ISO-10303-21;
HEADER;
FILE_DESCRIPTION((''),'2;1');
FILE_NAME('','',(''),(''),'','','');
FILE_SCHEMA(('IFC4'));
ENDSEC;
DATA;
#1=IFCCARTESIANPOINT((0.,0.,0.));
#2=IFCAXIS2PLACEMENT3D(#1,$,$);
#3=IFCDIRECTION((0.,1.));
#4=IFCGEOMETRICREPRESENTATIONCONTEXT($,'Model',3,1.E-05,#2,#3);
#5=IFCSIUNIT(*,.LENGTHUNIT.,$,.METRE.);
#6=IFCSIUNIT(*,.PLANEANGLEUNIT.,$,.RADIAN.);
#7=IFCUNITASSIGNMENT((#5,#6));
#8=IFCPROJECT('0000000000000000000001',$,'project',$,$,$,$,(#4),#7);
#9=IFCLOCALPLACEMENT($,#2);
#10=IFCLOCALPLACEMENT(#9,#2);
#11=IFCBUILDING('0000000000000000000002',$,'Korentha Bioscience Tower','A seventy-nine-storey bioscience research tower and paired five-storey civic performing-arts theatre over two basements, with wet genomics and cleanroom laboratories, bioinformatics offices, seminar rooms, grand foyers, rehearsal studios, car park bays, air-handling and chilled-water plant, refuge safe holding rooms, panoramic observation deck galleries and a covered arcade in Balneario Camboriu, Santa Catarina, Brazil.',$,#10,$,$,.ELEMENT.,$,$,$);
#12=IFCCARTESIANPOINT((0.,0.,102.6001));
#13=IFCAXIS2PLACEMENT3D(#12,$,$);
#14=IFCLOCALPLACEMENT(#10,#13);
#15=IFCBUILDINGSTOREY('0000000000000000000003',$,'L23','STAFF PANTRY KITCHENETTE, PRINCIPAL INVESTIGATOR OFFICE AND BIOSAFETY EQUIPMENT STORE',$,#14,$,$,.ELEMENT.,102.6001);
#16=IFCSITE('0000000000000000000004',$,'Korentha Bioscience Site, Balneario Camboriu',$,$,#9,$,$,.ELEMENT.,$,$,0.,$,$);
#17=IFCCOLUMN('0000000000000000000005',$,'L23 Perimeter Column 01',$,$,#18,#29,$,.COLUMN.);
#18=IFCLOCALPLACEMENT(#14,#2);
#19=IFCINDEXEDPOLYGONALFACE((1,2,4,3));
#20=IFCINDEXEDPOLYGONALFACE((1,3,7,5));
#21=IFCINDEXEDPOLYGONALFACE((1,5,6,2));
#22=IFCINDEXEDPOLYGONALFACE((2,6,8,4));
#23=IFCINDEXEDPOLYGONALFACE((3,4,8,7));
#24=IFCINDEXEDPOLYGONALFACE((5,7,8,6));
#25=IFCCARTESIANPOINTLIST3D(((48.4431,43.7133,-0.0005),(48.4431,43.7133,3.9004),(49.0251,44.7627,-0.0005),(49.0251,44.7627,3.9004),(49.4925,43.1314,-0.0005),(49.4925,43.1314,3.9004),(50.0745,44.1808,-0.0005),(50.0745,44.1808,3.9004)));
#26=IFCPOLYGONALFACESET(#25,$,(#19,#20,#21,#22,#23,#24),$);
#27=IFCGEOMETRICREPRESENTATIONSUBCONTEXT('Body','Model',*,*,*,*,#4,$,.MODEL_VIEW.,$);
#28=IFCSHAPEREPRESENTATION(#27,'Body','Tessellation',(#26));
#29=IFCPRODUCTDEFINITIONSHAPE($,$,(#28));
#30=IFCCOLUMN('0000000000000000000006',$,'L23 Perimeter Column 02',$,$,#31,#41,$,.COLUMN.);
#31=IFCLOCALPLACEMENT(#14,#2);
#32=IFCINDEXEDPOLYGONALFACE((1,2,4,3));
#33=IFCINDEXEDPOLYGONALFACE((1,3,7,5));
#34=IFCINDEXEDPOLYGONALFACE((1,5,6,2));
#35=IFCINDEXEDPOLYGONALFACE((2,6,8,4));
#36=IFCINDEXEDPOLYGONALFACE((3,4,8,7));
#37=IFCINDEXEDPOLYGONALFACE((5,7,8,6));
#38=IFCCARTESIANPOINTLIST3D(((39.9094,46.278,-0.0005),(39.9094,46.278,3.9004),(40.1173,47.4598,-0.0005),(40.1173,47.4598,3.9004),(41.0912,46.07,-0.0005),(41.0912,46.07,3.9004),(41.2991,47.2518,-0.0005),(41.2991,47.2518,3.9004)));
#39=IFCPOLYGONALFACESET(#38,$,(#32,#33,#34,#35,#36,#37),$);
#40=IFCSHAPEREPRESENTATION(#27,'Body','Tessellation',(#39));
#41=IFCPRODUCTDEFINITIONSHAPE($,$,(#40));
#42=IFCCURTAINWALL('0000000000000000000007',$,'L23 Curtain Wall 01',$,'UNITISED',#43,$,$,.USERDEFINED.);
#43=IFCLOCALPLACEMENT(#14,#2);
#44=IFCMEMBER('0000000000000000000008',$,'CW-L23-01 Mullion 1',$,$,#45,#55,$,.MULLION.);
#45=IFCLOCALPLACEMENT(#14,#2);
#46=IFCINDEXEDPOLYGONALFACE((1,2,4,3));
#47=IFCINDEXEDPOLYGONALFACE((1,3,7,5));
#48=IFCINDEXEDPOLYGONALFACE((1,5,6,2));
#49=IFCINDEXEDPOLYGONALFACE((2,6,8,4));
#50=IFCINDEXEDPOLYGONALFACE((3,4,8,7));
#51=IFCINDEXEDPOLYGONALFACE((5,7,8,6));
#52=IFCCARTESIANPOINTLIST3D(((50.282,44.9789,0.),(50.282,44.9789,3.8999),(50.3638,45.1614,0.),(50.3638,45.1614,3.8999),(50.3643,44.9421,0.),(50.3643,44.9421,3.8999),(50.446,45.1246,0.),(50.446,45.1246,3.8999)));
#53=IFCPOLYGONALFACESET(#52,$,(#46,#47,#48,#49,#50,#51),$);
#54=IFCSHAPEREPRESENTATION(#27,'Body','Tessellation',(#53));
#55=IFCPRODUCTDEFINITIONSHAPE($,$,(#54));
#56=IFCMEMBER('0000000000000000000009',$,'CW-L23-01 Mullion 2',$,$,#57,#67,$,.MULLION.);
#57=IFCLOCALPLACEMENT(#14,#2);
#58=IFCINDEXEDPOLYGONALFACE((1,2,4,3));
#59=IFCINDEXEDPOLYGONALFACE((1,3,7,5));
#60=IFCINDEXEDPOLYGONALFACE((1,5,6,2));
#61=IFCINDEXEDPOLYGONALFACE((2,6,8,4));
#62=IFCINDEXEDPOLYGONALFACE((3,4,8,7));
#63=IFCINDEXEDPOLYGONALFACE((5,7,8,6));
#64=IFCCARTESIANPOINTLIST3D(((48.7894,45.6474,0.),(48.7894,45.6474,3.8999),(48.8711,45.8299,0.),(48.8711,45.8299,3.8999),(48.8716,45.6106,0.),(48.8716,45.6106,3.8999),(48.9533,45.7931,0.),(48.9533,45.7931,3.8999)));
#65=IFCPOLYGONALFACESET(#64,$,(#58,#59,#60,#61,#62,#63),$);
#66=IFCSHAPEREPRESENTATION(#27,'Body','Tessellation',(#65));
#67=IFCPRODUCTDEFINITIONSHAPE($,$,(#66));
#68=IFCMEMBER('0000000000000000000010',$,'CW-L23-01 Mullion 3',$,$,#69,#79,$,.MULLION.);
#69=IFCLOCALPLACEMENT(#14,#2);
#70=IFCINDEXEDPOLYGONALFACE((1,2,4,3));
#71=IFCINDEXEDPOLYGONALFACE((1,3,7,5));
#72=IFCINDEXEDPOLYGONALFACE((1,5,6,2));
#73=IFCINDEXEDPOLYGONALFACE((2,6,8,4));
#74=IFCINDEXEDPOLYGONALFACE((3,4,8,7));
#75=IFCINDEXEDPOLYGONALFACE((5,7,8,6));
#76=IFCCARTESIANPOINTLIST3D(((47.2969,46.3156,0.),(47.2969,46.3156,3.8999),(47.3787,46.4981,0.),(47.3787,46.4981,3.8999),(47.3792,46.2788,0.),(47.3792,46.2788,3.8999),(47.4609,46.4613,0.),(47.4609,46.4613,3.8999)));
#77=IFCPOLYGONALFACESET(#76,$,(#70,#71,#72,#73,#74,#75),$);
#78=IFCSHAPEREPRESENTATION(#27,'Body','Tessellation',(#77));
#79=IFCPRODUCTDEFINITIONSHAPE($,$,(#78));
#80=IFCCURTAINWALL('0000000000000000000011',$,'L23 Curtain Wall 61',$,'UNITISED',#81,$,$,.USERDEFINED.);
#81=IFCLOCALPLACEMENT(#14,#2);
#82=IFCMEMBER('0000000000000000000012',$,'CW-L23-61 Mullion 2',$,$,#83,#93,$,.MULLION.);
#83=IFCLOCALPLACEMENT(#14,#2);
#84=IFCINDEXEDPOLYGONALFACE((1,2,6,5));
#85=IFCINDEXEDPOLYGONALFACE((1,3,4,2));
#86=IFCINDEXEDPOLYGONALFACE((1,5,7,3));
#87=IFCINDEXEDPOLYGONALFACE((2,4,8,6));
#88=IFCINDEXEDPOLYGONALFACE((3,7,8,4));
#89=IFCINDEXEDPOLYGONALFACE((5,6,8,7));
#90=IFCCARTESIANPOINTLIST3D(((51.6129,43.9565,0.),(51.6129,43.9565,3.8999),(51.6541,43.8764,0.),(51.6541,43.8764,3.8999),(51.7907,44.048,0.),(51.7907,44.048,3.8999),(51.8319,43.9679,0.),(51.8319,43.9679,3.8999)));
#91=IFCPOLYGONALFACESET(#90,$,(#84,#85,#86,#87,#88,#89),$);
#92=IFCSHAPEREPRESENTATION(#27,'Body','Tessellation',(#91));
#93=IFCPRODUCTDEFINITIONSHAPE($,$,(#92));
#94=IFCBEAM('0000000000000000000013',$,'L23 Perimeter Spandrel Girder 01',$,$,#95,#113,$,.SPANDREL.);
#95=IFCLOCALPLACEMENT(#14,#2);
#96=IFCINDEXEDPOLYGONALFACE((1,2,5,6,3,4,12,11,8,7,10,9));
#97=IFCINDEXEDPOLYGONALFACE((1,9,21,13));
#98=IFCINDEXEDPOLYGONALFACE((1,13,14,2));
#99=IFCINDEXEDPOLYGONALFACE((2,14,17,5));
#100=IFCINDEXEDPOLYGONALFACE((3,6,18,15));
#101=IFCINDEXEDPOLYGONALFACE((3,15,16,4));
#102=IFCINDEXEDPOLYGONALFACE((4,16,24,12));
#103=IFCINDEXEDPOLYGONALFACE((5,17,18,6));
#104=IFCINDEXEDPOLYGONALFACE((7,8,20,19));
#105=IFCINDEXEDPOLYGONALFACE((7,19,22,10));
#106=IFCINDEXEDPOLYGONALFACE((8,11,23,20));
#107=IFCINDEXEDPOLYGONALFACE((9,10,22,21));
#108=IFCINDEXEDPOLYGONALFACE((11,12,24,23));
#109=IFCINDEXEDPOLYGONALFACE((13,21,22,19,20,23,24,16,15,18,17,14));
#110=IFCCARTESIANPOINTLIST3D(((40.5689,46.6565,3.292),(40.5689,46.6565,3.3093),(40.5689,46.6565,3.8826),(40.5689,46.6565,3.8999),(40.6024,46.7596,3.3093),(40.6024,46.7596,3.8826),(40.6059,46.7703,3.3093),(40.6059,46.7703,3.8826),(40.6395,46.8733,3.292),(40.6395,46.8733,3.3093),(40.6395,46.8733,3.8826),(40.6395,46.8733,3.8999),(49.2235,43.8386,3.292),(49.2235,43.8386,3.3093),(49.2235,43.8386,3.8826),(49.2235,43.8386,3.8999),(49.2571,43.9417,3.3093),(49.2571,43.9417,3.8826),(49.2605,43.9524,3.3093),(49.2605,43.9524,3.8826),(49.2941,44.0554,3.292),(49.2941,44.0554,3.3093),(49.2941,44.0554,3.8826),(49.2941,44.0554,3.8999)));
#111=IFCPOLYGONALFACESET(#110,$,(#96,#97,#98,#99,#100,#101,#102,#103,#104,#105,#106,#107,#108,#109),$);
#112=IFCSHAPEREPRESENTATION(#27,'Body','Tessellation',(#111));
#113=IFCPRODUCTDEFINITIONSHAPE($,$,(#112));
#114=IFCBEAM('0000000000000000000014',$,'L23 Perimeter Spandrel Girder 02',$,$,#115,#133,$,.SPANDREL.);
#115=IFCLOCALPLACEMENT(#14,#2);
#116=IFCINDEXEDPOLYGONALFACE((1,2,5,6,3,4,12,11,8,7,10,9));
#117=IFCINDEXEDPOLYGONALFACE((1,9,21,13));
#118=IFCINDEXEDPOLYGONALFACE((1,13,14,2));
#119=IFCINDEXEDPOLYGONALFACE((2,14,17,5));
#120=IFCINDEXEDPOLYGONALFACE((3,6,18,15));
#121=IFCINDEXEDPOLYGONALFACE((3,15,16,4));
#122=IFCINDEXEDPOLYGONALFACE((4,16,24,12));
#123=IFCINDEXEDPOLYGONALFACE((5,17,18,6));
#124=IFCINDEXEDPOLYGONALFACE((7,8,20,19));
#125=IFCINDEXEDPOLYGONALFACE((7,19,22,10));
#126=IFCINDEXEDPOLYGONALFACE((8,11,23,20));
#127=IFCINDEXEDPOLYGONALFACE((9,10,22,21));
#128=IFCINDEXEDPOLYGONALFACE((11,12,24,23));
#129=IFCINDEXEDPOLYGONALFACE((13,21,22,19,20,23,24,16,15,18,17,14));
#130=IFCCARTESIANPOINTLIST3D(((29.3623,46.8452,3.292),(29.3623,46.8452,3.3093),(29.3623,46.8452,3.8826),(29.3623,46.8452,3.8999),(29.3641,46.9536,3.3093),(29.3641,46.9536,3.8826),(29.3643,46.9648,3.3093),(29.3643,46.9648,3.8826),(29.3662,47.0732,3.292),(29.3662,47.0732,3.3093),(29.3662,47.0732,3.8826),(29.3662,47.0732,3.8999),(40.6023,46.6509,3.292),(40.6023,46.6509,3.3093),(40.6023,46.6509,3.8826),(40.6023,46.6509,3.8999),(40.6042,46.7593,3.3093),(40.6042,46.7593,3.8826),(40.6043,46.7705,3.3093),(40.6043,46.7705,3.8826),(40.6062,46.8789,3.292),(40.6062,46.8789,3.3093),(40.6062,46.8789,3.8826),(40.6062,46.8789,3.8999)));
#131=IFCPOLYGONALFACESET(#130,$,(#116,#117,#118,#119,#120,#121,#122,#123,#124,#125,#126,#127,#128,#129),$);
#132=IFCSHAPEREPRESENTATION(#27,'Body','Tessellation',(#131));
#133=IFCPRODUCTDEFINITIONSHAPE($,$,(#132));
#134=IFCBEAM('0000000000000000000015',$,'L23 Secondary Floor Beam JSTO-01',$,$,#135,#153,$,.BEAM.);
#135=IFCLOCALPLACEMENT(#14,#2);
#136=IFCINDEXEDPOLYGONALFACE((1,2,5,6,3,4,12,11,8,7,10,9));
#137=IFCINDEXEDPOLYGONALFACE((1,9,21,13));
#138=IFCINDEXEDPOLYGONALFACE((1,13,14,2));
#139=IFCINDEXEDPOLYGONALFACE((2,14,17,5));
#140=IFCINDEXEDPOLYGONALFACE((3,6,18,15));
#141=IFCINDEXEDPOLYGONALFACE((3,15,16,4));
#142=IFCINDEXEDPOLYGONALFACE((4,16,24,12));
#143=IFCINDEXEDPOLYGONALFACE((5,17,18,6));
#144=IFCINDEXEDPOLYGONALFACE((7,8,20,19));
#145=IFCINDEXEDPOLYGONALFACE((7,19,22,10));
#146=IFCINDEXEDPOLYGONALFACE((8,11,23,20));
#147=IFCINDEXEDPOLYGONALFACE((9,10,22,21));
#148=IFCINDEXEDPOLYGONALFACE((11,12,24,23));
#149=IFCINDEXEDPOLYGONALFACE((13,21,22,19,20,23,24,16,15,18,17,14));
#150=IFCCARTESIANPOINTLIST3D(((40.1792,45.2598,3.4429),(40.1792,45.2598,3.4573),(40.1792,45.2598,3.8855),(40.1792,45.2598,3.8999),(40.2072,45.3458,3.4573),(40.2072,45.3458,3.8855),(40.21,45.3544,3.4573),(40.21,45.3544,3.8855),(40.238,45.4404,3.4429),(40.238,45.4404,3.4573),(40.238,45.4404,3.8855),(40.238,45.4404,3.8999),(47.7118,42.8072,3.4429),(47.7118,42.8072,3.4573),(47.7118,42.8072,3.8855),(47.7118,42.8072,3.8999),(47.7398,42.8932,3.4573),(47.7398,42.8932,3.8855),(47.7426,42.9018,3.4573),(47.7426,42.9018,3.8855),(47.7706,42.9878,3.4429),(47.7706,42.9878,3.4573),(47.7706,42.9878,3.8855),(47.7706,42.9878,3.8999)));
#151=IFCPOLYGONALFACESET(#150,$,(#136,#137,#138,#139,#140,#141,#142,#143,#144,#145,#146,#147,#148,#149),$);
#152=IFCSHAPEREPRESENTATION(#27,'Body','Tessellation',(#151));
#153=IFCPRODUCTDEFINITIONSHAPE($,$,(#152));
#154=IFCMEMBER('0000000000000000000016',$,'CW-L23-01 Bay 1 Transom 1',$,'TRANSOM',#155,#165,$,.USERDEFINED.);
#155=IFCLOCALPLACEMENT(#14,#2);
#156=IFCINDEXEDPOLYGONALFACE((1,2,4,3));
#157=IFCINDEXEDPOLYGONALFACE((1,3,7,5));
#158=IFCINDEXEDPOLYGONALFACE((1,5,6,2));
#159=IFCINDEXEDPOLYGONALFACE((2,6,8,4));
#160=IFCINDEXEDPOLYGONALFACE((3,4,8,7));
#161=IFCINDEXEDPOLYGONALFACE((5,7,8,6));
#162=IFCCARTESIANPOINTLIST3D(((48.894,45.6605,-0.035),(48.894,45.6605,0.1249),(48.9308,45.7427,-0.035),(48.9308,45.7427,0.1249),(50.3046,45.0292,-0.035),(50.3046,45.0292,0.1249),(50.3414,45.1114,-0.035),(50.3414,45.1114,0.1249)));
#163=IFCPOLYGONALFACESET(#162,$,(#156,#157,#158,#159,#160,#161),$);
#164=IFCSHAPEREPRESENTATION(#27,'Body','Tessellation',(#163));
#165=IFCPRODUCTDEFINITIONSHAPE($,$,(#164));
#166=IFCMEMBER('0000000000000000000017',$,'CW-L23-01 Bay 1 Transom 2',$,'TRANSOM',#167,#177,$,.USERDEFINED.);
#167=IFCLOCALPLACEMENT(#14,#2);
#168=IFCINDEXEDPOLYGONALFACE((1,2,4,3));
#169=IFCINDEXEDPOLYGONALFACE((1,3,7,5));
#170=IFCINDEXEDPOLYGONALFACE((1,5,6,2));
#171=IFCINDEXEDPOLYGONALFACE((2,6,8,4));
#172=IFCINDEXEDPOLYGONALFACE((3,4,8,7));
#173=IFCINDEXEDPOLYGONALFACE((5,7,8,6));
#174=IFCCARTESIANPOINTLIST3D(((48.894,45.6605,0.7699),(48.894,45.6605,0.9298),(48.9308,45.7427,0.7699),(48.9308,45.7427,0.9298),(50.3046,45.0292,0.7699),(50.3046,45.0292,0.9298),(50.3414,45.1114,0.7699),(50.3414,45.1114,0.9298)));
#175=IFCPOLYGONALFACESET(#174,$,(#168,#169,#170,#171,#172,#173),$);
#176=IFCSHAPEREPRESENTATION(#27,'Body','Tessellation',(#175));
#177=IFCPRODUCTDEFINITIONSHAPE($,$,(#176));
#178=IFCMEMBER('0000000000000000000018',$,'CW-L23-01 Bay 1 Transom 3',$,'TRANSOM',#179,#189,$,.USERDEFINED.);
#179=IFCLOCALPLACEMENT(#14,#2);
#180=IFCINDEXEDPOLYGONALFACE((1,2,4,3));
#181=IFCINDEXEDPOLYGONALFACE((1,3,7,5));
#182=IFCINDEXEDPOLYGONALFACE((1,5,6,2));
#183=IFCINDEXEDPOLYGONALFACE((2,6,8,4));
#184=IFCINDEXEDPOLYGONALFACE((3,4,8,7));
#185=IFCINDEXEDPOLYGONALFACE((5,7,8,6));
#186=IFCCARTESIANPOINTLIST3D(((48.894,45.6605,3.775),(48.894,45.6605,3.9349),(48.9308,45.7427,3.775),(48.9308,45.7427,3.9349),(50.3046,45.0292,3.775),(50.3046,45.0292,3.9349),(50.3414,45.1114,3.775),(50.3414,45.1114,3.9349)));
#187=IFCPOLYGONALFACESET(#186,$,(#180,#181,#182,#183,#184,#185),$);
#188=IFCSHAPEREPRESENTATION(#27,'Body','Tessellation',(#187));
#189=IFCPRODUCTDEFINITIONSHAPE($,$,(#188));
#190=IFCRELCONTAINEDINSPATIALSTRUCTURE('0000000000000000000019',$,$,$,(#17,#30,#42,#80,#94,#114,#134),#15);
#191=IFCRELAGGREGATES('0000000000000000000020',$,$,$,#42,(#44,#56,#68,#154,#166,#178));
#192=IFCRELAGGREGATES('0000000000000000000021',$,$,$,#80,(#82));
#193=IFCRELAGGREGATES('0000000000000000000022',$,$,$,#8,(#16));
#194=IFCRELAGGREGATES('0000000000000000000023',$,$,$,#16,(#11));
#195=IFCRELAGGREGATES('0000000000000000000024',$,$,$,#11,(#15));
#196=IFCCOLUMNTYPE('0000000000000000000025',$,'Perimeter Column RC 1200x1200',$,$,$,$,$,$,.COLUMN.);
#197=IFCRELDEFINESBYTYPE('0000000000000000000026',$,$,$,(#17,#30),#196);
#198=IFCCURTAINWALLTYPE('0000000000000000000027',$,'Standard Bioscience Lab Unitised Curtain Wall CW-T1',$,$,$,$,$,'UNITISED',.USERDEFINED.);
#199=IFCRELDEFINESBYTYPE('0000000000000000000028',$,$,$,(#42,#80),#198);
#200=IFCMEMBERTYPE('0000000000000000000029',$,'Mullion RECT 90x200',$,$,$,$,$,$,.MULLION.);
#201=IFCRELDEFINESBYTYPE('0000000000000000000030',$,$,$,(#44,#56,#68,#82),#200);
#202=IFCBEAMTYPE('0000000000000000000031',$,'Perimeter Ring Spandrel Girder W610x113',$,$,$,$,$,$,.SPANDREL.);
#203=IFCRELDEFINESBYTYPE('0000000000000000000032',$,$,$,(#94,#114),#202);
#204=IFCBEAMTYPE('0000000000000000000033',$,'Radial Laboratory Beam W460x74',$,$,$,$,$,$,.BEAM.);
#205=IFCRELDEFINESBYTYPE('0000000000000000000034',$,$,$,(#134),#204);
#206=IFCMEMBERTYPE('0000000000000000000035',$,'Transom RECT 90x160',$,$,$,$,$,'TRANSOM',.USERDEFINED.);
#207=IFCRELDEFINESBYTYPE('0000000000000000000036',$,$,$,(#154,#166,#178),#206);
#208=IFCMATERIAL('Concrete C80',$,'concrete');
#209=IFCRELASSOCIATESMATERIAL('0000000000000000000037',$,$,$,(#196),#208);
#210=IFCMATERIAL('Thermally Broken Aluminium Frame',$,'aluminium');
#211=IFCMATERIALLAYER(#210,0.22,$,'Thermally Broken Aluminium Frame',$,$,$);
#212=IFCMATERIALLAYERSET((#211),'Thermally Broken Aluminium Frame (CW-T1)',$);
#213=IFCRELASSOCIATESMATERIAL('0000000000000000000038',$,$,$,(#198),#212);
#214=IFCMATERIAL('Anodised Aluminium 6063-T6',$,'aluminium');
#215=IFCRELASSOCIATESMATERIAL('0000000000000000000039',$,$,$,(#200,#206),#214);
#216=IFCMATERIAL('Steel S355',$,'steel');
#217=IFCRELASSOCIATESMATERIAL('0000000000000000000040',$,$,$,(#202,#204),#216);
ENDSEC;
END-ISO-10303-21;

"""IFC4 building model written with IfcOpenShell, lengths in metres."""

from ifc_helpers import new_model, si_unit, direction, frame, origin, origin_2d, place, context, subcontext, project, spatial, rectangle, i_section, extrude, material, layer, layer_set, material_profile, profile_set, type_object, element, aggregate, save


model = new_model("IFC4")

# Units and contexts
model_context = context("Model", 3, precision=1e-05, world=origin(), true_north=direction((0.0, 1.0)))
body_context = subcontext(model_context, "Body", "Model", "MODEL_VIEW")
ifc_project = project(units=[si_unit("LENGTHUNIT", "METRE"), si_unit("PLANEANGLEUNIT", "RADIAN")], contexts=[model_context])

# Site, building, storey
site_placement = place(None, origin())
site = spatial("IfcSite", under=ifc_project, at=site_placement, Name="Korentha Bioscience Site, Balneario Camboriu", CompositionType="ELEMENT", RefElevation=0.0)
building_placement = place(site_placement, origin())
building = spatial("IfcBuilding", under=site, at=building_placement, Name="Korentha Bioscience Tower", Description="A seventy-nine-storey bioscience research tower and paired five-storey civic performing-arts theatre over two basements, with wet genomics and cleanroom laboratories, bioinformatics offices, seminar rooms, grand foyers, rehearsal studios, car park bays, air-handling and chilled-water plant, refuge safe holding rooms, panoramic observation deck galleries and a covered arcade in Balneario Camboriu, Santa Catarina, Brazil.", CompositionType="ELEMENT")
storey_placement = place(building_placement, frame((0.0, 0.0, 102.6001)))
storey = spatial("IfcBuildingStorey", under=building, at=storey_placement, Name="L23", Description="STAFF PANTRY KITCHENETTE, PRINCIPAL INVESTIGATOR OFFICE AND BIOSAFETY EQUIPMENT STORE", CompositionType="ELEMENT", Elevation=102.6001)

# Columns
ifc_material_1 = material(Name="Concrete C80", Category="concrete")
ifc_material_profile_1 = material_profile(ifc_material_1, rectangle(XDim=1.2, YDim=1.2, at=origin_2d()), Name="Concrete C80")
ifc_profile_set_1 = profile_set([ifc_material_profile_1], Name="Concrete C80 (COL-P12)")
column_type = type_object("IfcColumnType", Name="Perimeter Column RC 1200x1200", PredefinedType="COLUMN", material=ifc_profile_set_1)
for number, where, z_axis, x_axis, name in (
    (1, (49.2588, 43.947, -0.0005), (0.0, 0.0, 1.0), (-0.874535, 0.484962, 0.0), "L23 Perimeter Column 01"),
    (2, (40.6042, 46.7649, -0.0005), (0.0, 0.0, 1.0), (-0.984868, 0.173304, 0.0), "L23 Perimeter Column 02"),
):
    element("IfcColumn", number, at=place(storey_placement, frame(where, z_axis=z_axis, x_axis=x_axis)), inside=storey, type_object=column_type, Name=name, PredefinedType="COLUMN", context=body_context, shape_type="SweptSolid", body=[
        extrude(rectangle(XDim=1.2, YDim=1.2, at=origin_2d()), origin(), (0.0, 0.0, 1.0), 3.9009),
    ])

# Curtain wall, members
ifc_material_2 = material(Name="Thermally Broken Aluminium Frame", Category="aluminium")
ifc_layer_1 = layer(ifc_material_2, 0.22, Name="Thermally Broken Aluminium Frame")
ifc_layer_set_1 = layer_set([ifc_layer_1], Name="Thermally Broken Aluminium Frame (CW-T1)")
curtain_wall_type = type_object("IfcCurtainWallType", Name="Standard Bioscience Lab Unitised Curtain Wall CW-T1", ElementType="UNITISED", PredefinedType="USERDEFINED", material=ifc_layer_set_1)
curtain_wall_1_placement = place(storey_placement, origin())
curtain_wall_1 = element("IfcCurtainWall", 3, at=curtain_wall_1_placement, inside=storey, type_object=curtain_wall_type, Name="L23 Curtain Wall 01", ObjectType="UNITISED", PredefinedType="USERDEFINED")
ifc_material_3 = material(Name="Anodised Aluminium 6063-T6", Category="aluminium")
ifc_material_profile_2 = material_profile(ifc_material_3, rectangle(XDim=0.0901, YDim=0.2, at=origin_2d()), Name="Anodised Aluminium 6063-T6")
ifc_profile_set_2 = profile_set([ifc_material_profile_2], Name="Anodised Aluminium 6063-T6 (CW-MUL)")
member_type_1 = type_object("IfcMemberType", Name="Mullion RECT 90x200", PredefinedType="MULLION", material=ifc_profile_set_2)
member_1_placement = place(storey_placement, frame((50.364, 45.0518, 0.0), z_axis=(0.0, 0.0, 1.0), x_axis=(-0.912687, 0.40866, 0.0)))
member_1 = element("IfcMember", 4, at=member_1_placement, type_object=member_type_1, Name="CW-L23-01 Mullion 1", PredefinedType="MULLION", context=body_context, shape_type="SweptSolid", body=[
    extrude(rectangle(XDim=0.0901, YDim=0.2, at=origin_2d()), origin(), (0.0, 0.0, 1.0), 3.8999),
])
member_2_placement = place(storey_placement, frame((48.8713, 45.7202, 0.0), z_axis=(0.0, 0.0, 1.0), x_axis=(-0.912687, 0.40866, 0.0)))
member_2 = element("IfcMember", 5, at=member_2_placement, type_object=member_type_1, Name="CW-L23-01 Mullion 2", PredefinedType="MULLION", context=body_context, shape_type="SweptSolid", body=[
    extrude(rectangle(XDim=0.0901, YDim=0.2, at=origin_2d()), origin(), (0.0, 0.0, 1.0), 3.8999),
])
member_3_placement = place(storey_placement, frame((47.3789, 46.3884, 0.0), z_axis=(0.0, 0.0, 1.0), x_axis=(-0.912687, 0.40866, 0.0)))
member_3 = element("IfcMember", 6, at=member_3_placement, type_object=member_type_1, Name="CW-L23-01 Mullion 3", PredefinedType="MULLION", context=body_context, shape_type="SweptSolid", body=[
    extrude(rectangle(XDim=0.0901, YDim=0.2, at=origin_2d()), origin(), (0.0, 0.0, 1.0), 3.8999),
])

# Curtain wall, member
curtain_wall_2_placement = place(storey_placement, origin())
curtain_wall_2 = element("IfcCurtainWall", 7, at=curtain_wall_2_placement, inside=storey, type_object=curtain_wall_type, Name="L23 Curtain Wall 61", ObjectType="UNITISED", PredefinedType="USERDEFINED")
member_4_placement = place(storey_placement, frame((51.7224, 43.9622, 0.0), z_axis=(0.0, 0.0, 1.0), x_axis=(-0.457613, 0.889151, 0.0)))
member_4 = element("IfcMember", 8, at=member_4_placement, type_object=member_type_1, Name="CW-L23-61 Mullion 2", PredefinedType="MULLION", context=body_context, shape_type="SweptSolid", body=[
    extrude(rectangle(XDim=0.0901, YDim=0.2, at=origin_2d()), origin(), (0.0, 0.0, 1.0), 3.8999),
])

# Beams
ifc_material_4 = material(Name="Steel S355", Category="steel")
ifc_material_profile_3 = material_profile(ifc_material_4, i_section(OverallWidth=0.228, OverallDepth=0.6079, WebThickness=0.0112, FlangeThickness=0.0173, at=origin_2d()), Name="Steel S355")
ifc_profile_set_3 = profile_set([ifc_material_profile_3], Name="Steel S355 (SB-610)")
beam_type_1 = type_object("IfcBeamType", Name="Perimeter Ring Spandrel Girder W610x113", PredefinedType="SPANDREL", material=ifc_profile_set_3)
beam_1_placement = place(storey_placement, frame((49.2588, 43.947, 3.5959), z_axis=(-0.950868, 0.309597, 0.0), x_axis=(-0.309597, -0.950868, 0.0)))
element("IfcBeam", 9, at=beam_1_placement, inside=storey, type_object=beam_type_1, Name="L23 Perimeter Spandrel Girder 01", PredefinedType="SPANDREL", context=body_context, shape_type="SweptSolid", body=[
    extrude(i_section(OverallWidth=0.228, OverallDepth=0.6079, WebThickness=0.0112, FlangeThickness=0.0173, at=origin_2d()), origin(), (0.0, 0.0, 1.0), 9.1018),
])
beam_2_placement = place(storey_placement, frame((40.6042, 46.7649, 3.5959), z_axis=(-0.999851, 0.017287, 0.0), x_axis=(-0.017287, -0.999851, 0.0)))
element("IfcBeam", 10, at=beam_2_placement, inside=storey, type_object=beam_type_1, Name="L23 Perimeter Spandrel Girder 02", PredefinedType="SPANDREL", context=body_context, shape_type="SweptSolid", body=[
    extrude(i_section(OverallWidth=0.228, OverallDepth=0.6079, WebThickness=0.0112, FlangeThickness=0.0173, at=origin_2d()), origin(), (0.0, 0.0, 1.0), 11.2417),
])
ifc_material_profile_4 = material_profile(ifc_material_4, i_section(OverallWidth=0.1899, OverallDepth=0.457, WebThickness=0.009, FlangeThickness=0.0144, at=origin_2d()), Name="Steel S355")
ifc_profile_set_4 = profile_set([ifc_material_profile_4], Name="Steel S355 (RB-460)")
beam_type_2 = type_object("IfcBeamType", Name="Radial Laboratory Beam W460x74", PredefinedType="BEAM", material=ifc_profile_set_4)
beam_3_placement = place(storey_placement, frame((47.7412, 42.8975, 3.6714), z_axis=(-0.950867, 0.3096, 0.0), x_axis=(-0.3096, -0.950867, 0.0)))
element("IfcBeam", 11, at=beam_3_placement, inside=storey, type_object=beam_type_2, Name="L23 Secondary Floor Beam JSTO-01", PredefinedType="BEAM", context=body_context, shape_type="SweptSolid", body=[
    extrude(i_section(OverallWidth=0.1899, OverallDepth=0.457, WebThickness=0.009, FlangeThickness=0.0144, at=origin_2d()), origin(), (0.0, 0.0, 1.0), 7.9219),
])

# Members
ifc_material_profile_5 = material_profile(ifc_material_3, rectangle(XDim=0.0901, YDim=0.1599, at=origin_2d()), Name="Anodised Aluminium 6063-T6")
ifc_profile_set_5 = profile_set([ifc_material_profile_5], Name="Anodised Aluminium 6063-T6 (CW-TRN)")
member_type_2 = type_object("IfcMemberType", Name="Transom RECT 90x160", ElementType="TRANSOM", PredefinedType="USERDEFINED", material=ifc_profile_set_5)
member_5_placement = place(storey_placement, frame((50.323, 45.0703, 0.0449), z_axis=(-0.912753, 0.408512, 0.0), x_axis=(-0.408512, -0.912753, 0.0)))
member_5 = element("IfcMember", 12, at=member_5_placement, type_object=member_type_2, Name="CW-L23-01 Bay 1 Transom 1", ObjectType="TRANSOM", PredefinedType="USERDEFINED", context=body_context, shape_type="SweptSolid", body=[
    extrude(rectangle(XDim=0.0901, YDim=0.1599, at=origin_2d()), origin(), (0.0, 0.0, 1.0), 1.5454),
])
member_6_placement = place(storey_placement, frame((50.323, 45.0703, 0.8499), z_axis=(-0.912753, 0.408512, 0.0), x_axis=(-0.408512, -0.912753, 0.0)))
member_6 = element("IfcMember", 13, at=member_6_placement, type_object=member_type_2, Name="CW-L23-01 Bay 1 Transom 2", ObjectType="TRANSOM", PredefinedType="USERDEFINED", context=body_context, shape_type="SweptSolid", body=[
    extrude(rectangle(XDim=0.0901, YDim=0.1599, at=origin_2d()), origin(), (0.0, 0.0, 1.0), 1.5454),
])
member_7_placement = place(storey_placement, frame((50.323, 45.0703, 3.855), z_axis=(-0.912753, 0.408512, 0.0), x_axis=(-0.408512, -0.912753, 0.0)))
member_7 = element("IfcMember", 14, at=member_7_placement, type_object=member_type_2, Name="CW-L23-01 Bay 1 Transom 3", ObjectType="TRANSOM", PredefinedType="USERDEFINED", context=body_context, shape_type="SweptSolid", body=[
    extrude(rectangle(XDim=0.0901, YDim=0.1599, at=origin_2d()), origin(), (0.0, 0.0, 1.0), 1.5454),
])

aggregate(curtain_wall_1, [member_1, member_2, member_3, member_5, member_6, member_7])
aggregate(curtain_wall_2, [member_4])

save(model, "model.ifc")
